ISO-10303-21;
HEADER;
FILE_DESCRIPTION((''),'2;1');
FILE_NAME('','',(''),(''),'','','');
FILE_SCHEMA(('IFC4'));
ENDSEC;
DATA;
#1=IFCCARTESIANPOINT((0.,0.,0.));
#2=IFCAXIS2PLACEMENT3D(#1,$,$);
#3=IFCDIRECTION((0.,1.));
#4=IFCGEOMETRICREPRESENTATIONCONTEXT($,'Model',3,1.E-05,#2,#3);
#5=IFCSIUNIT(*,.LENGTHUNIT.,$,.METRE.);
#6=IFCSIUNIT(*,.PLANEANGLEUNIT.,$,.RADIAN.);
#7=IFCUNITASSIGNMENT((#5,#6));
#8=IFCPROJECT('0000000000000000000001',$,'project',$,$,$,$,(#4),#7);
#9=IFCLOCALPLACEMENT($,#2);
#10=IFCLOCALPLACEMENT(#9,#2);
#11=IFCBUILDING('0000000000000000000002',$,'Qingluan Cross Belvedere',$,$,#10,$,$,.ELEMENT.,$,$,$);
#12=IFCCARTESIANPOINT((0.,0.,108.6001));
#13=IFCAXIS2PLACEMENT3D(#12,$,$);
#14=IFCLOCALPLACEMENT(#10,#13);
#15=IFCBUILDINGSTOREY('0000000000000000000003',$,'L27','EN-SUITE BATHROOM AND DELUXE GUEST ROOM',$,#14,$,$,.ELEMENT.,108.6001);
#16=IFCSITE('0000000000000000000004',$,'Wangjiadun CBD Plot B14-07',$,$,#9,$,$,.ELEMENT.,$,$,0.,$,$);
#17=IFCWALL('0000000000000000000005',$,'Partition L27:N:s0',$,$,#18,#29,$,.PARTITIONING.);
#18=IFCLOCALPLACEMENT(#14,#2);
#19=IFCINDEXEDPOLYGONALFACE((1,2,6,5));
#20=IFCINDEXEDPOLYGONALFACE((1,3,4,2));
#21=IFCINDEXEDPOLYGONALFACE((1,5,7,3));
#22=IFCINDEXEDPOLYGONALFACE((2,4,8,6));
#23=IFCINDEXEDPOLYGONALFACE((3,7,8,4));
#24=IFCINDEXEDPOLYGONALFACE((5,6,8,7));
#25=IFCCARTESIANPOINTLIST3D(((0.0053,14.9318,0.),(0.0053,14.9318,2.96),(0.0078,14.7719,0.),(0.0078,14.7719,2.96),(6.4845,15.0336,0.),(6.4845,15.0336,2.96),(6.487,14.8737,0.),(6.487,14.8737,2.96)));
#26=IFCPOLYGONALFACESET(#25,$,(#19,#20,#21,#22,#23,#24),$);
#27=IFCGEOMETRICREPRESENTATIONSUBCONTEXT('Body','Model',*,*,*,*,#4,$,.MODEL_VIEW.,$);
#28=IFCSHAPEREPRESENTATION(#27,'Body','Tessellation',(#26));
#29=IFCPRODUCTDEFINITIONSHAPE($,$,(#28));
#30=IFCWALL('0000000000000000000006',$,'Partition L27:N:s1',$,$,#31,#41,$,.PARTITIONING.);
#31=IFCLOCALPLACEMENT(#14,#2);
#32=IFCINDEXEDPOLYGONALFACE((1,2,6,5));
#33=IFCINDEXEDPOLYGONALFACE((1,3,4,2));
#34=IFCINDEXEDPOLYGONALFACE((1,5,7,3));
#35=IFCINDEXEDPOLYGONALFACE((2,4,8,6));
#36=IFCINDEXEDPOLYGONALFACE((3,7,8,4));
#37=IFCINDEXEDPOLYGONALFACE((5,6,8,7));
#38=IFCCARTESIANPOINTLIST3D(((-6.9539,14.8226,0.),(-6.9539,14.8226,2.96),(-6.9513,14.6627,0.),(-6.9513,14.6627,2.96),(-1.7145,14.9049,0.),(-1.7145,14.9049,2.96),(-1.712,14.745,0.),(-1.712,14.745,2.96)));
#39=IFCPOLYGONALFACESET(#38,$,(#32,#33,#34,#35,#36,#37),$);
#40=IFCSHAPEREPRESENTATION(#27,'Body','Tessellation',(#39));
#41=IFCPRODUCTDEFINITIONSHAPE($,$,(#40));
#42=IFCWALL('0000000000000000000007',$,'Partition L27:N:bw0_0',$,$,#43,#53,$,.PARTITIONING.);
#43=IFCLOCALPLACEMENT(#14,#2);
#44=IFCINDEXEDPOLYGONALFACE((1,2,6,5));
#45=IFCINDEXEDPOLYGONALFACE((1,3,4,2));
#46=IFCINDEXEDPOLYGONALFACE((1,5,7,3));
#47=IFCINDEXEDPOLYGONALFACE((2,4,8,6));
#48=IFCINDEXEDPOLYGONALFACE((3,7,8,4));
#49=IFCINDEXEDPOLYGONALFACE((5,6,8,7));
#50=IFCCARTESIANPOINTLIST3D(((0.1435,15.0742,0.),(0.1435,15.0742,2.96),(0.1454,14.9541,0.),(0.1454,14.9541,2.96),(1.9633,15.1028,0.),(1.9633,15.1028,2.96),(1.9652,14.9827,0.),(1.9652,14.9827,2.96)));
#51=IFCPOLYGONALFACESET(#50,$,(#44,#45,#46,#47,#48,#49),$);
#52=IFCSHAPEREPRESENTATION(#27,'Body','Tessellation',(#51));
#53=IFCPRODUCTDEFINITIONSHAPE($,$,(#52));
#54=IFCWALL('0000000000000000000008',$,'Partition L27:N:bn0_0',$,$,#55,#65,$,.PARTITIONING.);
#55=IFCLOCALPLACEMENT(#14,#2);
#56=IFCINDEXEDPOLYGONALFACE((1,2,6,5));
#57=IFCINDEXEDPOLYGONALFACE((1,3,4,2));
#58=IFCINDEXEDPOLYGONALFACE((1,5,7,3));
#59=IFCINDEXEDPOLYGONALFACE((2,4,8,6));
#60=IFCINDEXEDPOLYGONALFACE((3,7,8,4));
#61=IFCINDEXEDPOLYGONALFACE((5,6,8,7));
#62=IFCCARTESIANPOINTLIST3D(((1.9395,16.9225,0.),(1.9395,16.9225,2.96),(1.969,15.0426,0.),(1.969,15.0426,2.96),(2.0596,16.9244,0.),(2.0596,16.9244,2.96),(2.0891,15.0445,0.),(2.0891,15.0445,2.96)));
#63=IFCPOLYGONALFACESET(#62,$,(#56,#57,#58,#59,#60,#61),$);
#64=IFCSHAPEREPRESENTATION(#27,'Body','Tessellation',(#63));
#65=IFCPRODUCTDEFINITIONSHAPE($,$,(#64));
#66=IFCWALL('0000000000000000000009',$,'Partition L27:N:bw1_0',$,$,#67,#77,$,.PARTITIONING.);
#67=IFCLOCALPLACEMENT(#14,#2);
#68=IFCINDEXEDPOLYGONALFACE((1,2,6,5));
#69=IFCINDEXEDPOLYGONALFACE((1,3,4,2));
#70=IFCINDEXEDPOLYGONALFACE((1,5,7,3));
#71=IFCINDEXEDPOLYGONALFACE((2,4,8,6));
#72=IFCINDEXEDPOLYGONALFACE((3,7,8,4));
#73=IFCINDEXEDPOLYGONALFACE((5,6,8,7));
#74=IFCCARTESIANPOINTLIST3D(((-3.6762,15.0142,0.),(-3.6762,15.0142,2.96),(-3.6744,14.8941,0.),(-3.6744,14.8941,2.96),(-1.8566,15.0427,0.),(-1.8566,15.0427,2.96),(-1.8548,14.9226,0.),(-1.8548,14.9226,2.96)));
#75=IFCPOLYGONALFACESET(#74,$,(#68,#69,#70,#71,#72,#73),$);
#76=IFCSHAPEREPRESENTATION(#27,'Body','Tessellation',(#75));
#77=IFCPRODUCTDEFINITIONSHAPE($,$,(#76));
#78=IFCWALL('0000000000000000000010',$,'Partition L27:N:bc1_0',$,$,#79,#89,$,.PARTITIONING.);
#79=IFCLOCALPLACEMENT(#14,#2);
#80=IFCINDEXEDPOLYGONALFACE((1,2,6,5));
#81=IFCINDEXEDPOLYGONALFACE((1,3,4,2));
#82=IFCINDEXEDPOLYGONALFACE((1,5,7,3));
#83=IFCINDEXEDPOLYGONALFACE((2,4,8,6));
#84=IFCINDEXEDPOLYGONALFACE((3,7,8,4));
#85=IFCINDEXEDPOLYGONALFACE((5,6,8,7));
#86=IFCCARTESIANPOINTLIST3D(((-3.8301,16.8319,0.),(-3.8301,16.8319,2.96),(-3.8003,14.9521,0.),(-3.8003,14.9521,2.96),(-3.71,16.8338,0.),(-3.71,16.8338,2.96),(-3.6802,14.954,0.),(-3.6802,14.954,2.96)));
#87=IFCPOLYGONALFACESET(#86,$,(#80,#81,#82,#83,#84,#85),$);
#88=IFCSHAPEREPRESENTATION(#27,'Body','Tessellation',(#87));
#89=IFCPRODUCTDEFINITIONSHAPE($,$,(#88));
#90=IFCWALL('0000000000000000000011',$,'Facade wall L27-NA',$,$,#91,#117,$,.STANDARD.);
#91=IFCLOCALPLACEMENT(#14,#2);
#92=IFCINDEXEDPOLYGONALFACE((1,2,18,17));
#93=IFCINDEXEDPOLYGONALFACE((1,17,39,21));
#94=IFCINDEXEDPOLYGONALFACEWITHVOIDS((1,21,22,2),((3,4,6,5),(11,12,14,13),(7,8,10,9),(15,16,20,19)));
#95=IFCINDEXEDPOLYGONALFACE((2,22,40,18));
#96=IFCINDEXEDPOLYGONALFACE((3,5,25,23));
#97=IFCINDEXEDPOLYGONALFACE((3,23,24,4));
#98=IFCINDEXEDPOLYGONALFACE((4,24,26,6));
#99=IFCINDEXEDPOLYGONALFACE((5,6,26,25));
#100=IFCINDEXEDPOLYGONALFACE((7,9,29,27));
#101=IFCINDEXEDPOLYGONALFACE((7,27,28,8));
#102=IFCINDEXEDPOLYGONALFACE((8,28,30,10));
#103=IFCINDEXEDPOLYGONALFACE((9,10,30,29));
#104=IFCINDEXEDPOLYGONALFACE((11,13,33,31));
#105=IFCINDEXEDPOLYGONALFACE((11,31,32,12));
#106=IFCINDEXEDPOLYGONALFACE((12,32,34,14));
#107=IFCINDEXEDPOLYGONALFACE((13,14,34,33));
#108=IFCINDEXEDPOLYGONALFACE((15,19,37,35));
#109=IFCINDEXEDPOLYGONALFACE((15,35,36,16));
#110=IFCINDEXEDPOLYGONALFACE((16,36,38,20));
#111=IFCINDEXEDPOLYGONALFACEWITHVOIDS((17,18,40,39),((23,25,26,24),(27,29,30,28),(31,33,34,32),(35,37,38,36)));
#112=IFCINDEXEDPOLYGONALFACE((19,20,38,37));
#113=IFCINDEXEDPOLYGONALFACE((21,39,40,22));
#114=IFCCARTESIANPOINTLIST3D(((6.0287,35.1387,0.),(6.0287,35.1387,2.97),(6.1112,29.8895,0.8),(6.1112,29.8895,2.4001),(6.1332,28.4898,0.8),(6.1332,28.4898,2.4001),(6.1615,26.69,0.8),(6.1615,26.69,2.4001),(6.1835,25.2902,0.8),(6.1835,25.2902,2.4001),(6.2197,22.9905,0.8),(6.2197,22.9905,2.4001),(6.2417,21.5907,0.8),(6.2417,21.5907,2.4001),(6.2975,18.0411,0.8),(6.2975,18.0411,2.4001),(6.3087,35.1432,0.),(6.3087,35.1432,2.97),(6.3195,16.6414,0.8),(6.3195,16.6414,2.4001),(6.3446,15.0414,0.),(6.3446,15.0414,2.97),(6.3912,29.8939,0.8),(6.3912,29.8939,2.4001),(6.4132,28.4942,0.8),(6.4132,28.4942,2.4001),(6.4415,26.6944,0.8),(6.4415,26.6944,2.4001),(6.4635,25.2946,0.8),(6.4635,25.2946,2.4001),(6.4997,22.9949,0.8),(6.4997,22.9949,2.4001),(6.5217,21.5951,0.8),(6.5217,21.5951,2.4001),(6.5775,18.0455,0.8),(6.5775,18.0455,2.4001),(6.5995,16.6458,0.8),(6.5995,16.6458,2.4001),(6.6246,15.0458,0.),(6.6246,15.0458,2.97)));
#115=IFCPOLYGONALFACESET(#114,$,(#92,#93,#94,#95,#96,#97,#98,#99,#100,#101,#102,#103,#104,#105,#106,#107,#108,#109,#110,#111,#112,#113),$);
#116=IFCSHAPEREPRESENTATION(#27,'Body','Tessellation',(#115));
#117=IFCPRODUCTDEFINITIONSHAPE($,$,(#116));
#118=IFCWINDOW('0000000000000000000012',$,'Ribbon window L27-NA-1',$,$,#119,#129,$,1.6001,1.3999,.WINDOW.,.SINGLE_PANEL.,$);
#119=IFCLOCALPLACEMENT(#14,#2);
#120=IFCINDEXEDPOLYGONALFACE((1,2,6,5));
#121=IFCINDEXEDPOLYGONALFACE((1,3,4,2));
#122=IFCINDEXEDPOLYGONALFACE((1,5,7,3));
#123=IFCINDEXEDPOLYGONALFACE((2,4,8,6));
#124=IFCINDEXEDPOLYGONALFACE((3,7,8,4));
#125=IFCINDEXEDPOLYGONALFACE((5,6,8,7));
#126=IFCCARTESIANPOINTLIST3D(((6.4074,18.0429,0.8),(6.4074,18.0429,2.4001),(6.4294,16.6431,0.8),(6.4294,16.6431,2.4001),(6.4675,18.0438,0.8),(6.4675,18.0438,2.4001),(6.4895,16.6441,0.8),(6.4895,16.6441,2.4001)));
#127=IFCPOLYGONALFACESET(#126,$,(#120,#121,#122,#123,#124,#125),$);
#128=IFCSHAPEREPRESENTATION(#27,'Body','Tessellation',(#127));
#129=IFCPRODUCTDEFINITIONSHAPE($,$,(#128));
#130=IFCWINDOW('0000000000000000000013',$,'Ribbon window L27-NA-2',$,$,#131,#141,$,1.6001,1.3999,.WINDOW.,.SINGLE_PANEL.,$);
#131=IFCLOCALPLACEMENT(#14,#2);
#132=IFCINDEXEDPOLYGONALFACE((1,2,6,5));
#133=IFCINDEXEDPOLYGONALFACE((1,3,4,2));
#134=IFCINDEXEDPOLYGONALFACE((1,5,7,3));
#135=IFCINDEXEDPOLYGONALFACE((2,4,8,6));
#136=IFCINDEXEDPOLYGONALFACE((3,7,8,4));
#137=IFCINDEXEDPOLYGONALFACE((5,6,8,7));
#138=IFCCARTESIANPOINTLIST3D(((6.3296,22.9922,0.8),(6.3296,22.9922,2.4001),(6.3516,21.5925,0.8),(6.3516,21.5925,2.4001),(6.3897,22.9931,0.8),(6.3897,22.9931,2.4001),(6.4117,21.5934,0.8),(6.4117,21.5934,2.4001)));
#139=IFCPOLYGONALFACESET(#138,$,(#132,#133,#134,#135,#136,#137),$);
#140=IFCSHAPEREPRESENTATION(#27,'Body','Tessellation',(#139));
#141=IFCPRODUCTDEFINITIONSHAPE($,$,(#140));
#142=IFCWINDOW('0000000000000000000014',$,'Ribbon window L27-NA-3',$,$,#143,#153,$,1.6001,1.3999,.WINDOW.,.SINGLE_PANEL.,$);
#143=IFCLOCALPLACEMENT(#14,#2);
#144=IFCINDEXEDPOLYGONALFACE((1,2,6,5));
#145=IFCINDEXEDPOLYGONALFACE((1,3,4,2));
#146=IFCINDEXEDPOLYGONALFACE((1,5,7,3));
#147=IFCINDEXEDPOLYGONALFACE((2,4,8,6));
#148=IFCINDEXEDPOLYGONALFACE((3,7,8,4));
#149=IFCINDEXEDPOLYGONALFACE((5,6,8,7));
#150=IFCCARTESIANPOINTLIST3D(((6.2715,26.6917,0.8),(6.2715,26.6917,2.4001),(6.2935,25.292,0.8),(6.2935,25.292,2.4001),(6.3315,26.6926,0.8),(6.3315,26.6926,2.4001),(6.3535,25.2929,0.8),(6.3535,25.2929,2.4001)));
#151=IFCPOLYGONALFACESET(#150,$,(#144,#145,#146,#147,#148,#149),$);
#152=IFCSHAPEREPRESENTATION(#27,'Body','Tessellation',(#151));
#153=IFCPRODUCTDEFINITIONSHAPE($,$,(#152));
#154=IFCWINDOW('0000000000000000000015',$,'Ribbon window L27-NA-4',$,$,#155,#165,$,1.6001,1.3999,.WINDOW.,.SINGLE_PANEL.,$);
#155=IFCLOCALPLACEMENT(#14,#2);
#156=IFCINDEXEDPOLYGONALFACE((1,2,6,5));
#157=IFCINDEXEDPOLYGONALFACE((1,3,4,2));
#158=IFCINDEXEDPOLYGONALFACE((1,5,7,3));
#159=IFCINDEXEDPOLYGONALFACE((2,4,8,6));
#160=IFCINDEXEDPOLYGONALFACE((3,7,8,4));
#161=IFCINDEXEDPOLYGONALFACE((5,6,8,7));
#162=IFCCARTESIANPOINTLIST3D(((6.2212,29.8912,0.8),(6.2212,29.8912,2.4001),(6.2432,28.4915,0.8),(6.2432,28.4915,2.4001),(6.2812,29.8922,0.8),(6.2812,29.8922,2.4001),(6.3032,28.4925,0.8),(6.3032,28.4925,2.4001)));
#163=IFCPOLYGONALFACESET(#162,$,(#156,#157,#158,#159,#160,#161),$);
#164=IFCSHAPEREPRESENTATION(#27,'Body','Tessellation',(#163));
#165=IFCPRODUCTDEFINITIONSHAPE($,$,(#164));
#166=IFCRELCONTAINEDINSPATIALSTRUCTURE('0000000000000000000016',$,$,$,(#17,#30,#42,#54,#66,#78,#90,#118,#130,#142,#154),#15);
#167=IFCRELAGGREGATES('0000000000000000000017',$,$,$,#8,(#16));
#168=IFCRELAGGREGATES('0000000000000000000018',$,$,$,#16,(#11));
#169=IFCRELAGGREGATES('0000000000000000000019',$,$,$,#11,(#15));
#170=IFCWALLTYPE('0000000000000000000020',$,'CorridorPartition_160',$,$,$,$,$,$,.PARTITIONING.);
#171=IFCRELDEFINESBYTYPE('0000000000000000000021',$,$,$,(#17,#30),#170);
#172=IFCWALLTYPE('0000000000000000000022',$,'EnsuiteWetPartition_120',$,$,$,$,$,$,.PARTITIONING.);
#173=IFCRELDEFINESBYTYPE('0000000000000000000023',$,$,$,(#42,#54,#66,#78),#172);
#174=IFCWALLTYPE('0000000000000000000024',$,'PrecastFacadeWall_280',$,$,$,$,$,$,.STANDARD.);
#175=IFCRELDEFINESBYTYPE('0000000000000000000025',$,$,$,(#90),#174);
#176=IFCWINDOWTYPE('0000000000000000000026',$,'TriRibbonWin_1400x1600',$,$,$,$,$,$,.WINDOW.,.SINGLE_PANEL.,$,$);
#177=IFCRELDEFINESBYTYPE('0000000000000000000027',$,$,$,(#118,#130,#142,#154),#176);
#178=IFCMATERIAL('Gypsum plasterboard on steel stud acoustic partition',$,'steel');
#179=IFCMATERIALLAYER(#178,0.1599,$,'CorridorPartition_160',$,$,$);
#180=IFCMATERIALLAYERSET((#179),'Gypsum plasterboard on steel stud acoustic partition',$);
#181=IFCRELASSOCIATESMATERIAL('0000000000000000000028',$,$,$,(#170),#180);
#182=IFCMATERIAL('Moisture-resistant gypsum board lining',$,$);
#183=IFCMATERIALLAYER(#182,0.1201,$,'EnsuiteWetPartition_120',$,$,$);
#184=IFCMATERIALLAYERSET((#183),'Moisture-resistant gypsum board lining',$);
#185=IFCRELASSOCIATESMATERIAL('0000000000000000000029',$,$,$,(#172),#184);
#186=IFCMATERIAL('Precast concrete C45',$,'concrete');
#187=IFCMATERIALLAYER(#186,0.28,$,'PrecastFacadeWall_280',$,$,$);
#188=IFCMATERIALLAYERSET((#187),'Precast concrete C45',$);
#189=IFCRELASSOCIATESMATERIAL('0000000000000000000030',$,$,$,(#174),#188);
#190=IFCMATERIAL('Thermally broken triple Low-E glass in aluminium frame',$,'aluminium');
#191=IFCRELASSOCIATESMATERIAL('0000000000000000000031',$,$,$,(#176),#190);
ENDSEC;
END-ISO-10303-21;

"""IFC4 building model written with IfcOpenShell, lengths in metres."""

from ifc_helpers import new_model, si_unit, direction, frame, frame_2d, origin, place, context, subcontext, project, spatial, rectangle, extrude, material, layer, layer_set, type_object, element, fill, save


model = new_model("IFC4")

# Units and contexts
model_context = context("Model", 3, precision=1e-05, world=origin(), true_north=direction((0.0, 1.0)))
body_context = subcontext(model_context, "Body", "Model", "MODEL_VIEW")
ifc_project = project(units=[si_unit("LENGTHUNIT", "METRE"), si_unit("PLANEANGLEUNIT", "RADIAN")], contexts=[model_context])

# Site, building, storey
site_placement = place(None, origin())
site = spatial("IfcSite", under=ifc_project, at=site_placement, Name="Wangjiadun CBD Plot B14-07", CompositionType="ELEMENT", RefElevation=0.0)
building_placement = place(site_placement, origin())
building = spatial("IfcBuilding", under=site, at=building_placement, Name="Qingluan Cross Belvedere", CompositionType="ELEMENT")
storey_placement = place(building_placement, frame((0.0, 0.0, 108.6001)))
storey = spatial("IfcBuildingStorey", under=building, at=storey_placement, Name="L27", Description="EN-SUITE BATHROOM AND DELUXE GUEST ROOM", CompositionType="ELEMENT", Elevation=108.6001)

# Shared definitions
ifc_material_1 = material(Name="Gypsum plasterboard on steel stud acoustic partition", Category="steel")
ifc_layer_1 = layer(ifc_material_1, 0.1599, Name="CorridorPartition_160")
ifc_layer_set_1 = layer_set([ifc_layer_1], Name="Gypsum plasterboard on steel stud acoustic partition")
wall_type_1 = type_object("IfcWallType", Name="CorridorPartition_160", PredefinedType="PARTITIONING", material=ifc_layer_set_1)

# Wall
wall_1_placement = place(storey_placement, frame((0.0066, 14.8518, 0.0), z_axis=(0.0, 0.0, 1.0), x_axis=(0.999877, 0.015711, 0.0)))
element("IfcWall", 1, at=wall_1_placement, inside=storey, type_object=wall_type_1, Name="Partition L27:N:s0", PredefinedType="PARTITIONING", context=body_context, shape_type="SweptSolid", body=[
    extrude(rectangle(XDim=6.48, YDim=0.1599, at=frame_2d((3.24, 0.0))), origin(), (0.0, 0.0, 1.0), 2.96),
])

# Walls
wall_2_placement = place(storey_placement, frame((-1.7131, 14.825, 0.0), z_axis=(0.0, 0.0, 1.0), x_axis=(-0.999877, -0.015702, 0.0)))
element("IfcWall", 2, at=wall_2_placement, inside=storey, type_object=wall_type_1, Name="Partition L27:N:s1", PredefinedType="PARTITIONING", context=body_context, shape_type="SweptSolid", body=[
    extrude(rectangle(XDim=5.24, YDim=0.1599, at=frame_2d((2.6201, 0.0))), origin(), (0.0, 0.0, 1.0), 2.96),
])
ifc_material_2 = material(Name="Moisture-resistant gypsum board lining")
ifc_layer_2 = layer(ifc_material_2, 0.1201, Name="EnsuiteWetPartition_120")
ifc_layer_set_2 = layer_set([ifc_layer_2], Name="Moisture-resistant gypsum board lining")
wall_type_2 = type_object("IfcWallType", Name="EnsuiteWetPartition_120", PredefinedType="PARTITIONING", material=ifc_layer_set_2)
wall_3_placement = place(storey_placement, frame((0.1443, 15.0142, 0.0), z_axis=(0.0, 0.0, 1.0), x_axis=(0.999877, 0.015694, 0.0)))
element("IfcWall", 3, at=wall_3_placement, inside=storey, type_object=wall_type_2, Name="Partition L27:N:bw0_0", PredefinedType="PARTITIONING", context=body_context, shape_type="SweptSolid", body=[
    extrude(rectangle(XDim=1.8201, YDim=0.1201, at=frame_2d((0.9102, 0.0))), origin(), (0.0, 0.0, 1.0), 2.96),
])
wall_4_placement = place(storey_placement, frame((2.0291, 15.0437, 0.0), z_axis=(0.0, 0.0, 1.0), x_axis=(-0.015712, 0.999877, 0.0)))
element("IfcWall", 4, at=wall_4_placement, inside=storey, type_object=wall_type_2, Name="Partition L27:N:bn0_0", PredefinedType="PARTITIONING", context=body_context, shape_type="SweptSolid", body=[
    extrude(rectangle(XDim=1.8801, YDim=0.1201, at=frame_2d((0.9399, 0.0))), origin(), (0.0, 0.0, 1.0), 2.96),
])
wall_5_placement = place(storey_placement, frame((-3.6753, 14.9541, 0.0), z_axis=(0.0, 0.0, 1.0), x_axis=(0.999877, 0.015696, 0.0)))
element("IfcWall", 5, at=wall_5_placement, inside=storey, type_object=wall_type_2, Name="Partition L27:N:bw1_0", PredefinedType="PARTITIONING", context=body_context, shape_type="SweptSolid", body=[
    extrude(rectangle(XDim=1.8198, YDim=0.1201, at=frame_2d((0.9099, 0.0))), origin(), (0.0, 0.0, 1.0), 2.96),
])
wall_6_placement = place(storey_placement, frame((-3.7402, 14.9531, 0.0), z_axis=(0.0, 0.0, 1.0), x_axis=(-0.015842, 0.999875, 0.0)))
element("IfcWall", 6, at=wall_6_placement, inside=storey, type_object=wall_type_2, Name="Partition L27:N:bc1_0", PredefinedType="PARTITIONING", context=body_context, shape_type="SweptSolid", body=[
    extrude(rectangle(XDim=1.8801, YDim=0.1201, at=frame_2d((0.9399, 0.0))), origin(), (0.0, 0.0, 1.0), 2.96),
])

# Wall, openings, windows
ifc_material_3 = material(Name="Precast concrete C45", Category="concrete")
ifc_layer_3 = layer(ifc_material_3, 0.28, Name="PrecastFacadeWall_280")
ifc_layer_set_3 = layer_set([ifc_layer_3], Name="Precast concrete C45")
wall_type_3 = type_object("IfcWallType", Name="PrecastFacadeWall_280", PredefinedType="STANDARD", material=ifc_layer_set_3)
wall_7_placement = place(storey_placement, frame((6.4846, 15.0437, 0.0), z_axis=(0.0, 0.0, 1.0), x_axis=(-0.015717, 0.999876, 0.0)))
wall_7 = element("IfcWall", 7, at=wall_7_placement, inside=storey, type_object=wall_type_3, Name="Facade wall L27-NA", PredefinedType="STANDARD", context=body_context, shape_type="SweptSolid", body=[
    extrude(rectangle(XDim=20.0999, YDim=0.28, at=frame_2d((10.0498, 0.0))), origin(), (0.0, 0.0, 1.0), 2.97),
])
opening_1_placement = place(wall_7_placement, frame((1.6001, 0.0, 0.8)))
opening_1 = element("IfcOpeningElement", 8, at=opening_1_placement, cuts=wall_7, PredefinedType="OPENING", context=body_context, shape_type="SweptSolid", body=[
    extrude(rectangle(XDim=1.3999, YDim=1.6001, at=frame_2d((0.7, 0.8))), frame((0.0, 0.1499, 0.0), z_axis=(0.0, -1.0, 0.0), x_axis=(1.0, 0.0, 0.0)), (0.0, 0.0, 1.0), 0.3),
])
opening_2_placement = place(wall_7_placement, frame((6.55, 0.0, 0.8)))
opening_2 = element("IfcOpeningElement", 9, at=opening_2_placement, cuts=wall_7, PredefinedType="OPENING", context=body_context, shape_type="SweptSolid", body=[
    extrude(rectangle(XDim=1.3999, YDim=1.6001, at=frame_2d((0.7, 0.8))), frame((0.0, 0.1499, 0.0), z_axis=(0.0, -1.0, 0.0), x_axis=(1.0, 0.0, 0.0)), (0.0, 0.0, 1.0), 0.3),
])
opening_3_placement = place(wall_7_placement, frame((10.25, 0.0, 0.8)))
opening_3 = element("IfcOpeningElement", 10, at=opening_3_placement, cuts=wall_7, PredefinedType="OPENING", context=body_context, shape_type="SweptSolid", body=[
    extrude(rectangle(XDim=1.3999, YDim=1.6001, at=frame_2d((0.7, 0.8))), frame((0.0, 0.1499, 0.0), z_axis=(0.0, -1.0, 0.0), x_axis=(1.0, 0.0, 0.0)), (0.0, 0.0, 1.0), 0.3),
])
opening_4_placement = place(wall_7_placement, frame((13.45, 0.0, 0.8)))
opening_4 = element("IfcOpeningElement", 11, at=opening_4_placement, cuts=wall_7, PredefinedType="OPENING", context=body_context, shape_type="SweptSolid", body=[
    extrude(rectangle(XDim=1.3999, YDim=1.6001, at=frame_2d((0.7, 0.8))), frame((0.0, 0.1499, 0.0), z_axis=(0.0, -1.0, 0.0), x_axis=(1.0, 0.0, 0.0)), (0.0, 0.0, 1.0), 0.3),
])
ifc_material_4 = material(Name="Thermally broken triple Low-E glass in aluminium frame", Category="aluminium")
window_type = type_object("IfcWindowType", Name="TriRibbonWin_1400x1600", PartitioningType="SINGLE_PANEL", PredefinedType="WINDOW", material=ifc_material_4)
window_1_placement = place(opening_1_placement, origin())
window_1 = element("IfcWindow", 12, at=window_1_placement, inside=storey, type_object=window_type, Name="Ribbon window L27-NA-1", OverallHeight=1.6001, OverallWidth=1.3999, PartitioningType="SINGLE_PANEL", PredefinedType="WINDOW", context=body_context, shape_type="SweptSolid", body=[
    extrude(rectangle(XDim=1.3999, YDim=1.6001, at=frame_2d((0.7, 0.8))), frame((0.0, 0.03, 0.0), z_axis=(0.0, -1.0, 0.0), x_axis=(1.0, 0.0, 0.0)), (0.0, 0.0, 1.0), 0.0601),
])
fill(opening_1, window_1)
window_2_placement = place(opening_2_placement, origin())
window_2 = element("IfcWindow", 13, at=window_2_placement, inside=storey, type_object=window_type, Name="Ribbon window L27-NA-2", OverallHeight=1.6001, OverallWidth=1.3999, PartitioningType="SINGLE_PANEL", PredefinedType="WINDOW", context=body_context, shape_type="SweptSolid", body=[
    extrude(rectangle(XDim=1.3999, YDim=1.6001, at=frame_2d((0.7, 0.8))), frame((0.0, 0.03, 0.0), z_axis=(0.0, -1.0, 0.0), x_axis=(1.0, 0.0, 0.0)), (0.0, 0.0, 1.0), 0.0601),
])
fill(opening_2, window_2)
window_3_placement = place(opening_3_placement, origin())
window_3 = element("IfcWindow", 14, at=window_3_placement, inside=storey, type_object=window_type, Name="Ribbon window L27-NA-3", OverallHeight=1.6001, OverallWidth=1.3999, PartitioningType="SINGLE_PANEL", PredefinedType="WINDOW", context=body_context, shape_type="SweptSolid", body=[
    extrude(rectangle(XDim=1.3999, YDim=1.6001, at=frame_2d((0.7, 0.8))), frame((0.0, 0.03, 0.0), z_axis=(0.0, -1.0, 0.0), x_axis=(1.0, 0.0, 0.0)), (0.0, 0.0, 1.0), 0.0601),
])
fill(opening_3, window_3)
window_4_placement = place(opening_4_placement, origin())
window_4 = element("IfcWindow", 15, at=window_4_placement, inside=storey, type_object=window_type, Name="Ribbon window L27-NA-4", OverallHeight=1.6001, OverallWidth=1.3999, PartitioningType="SINGLE_PANEL", PredefinedType="WINDOW", context=body_context, shape_type="SweptSolid", body=[
    extrude(rectangle(XDim=1.3999, YDim=1.6001, at=frame_2d((0.7, 0.8))), frame((0.0, 0.03, 0.0), z_axis=(0.0, -1.0, 0.0), x_axis=(1.0, 0.0, 0.0)), (0.0, 0.0, 1.0), 0.0601),
])
fill(opening_4, window_4)

save(model, "model.ifc")
